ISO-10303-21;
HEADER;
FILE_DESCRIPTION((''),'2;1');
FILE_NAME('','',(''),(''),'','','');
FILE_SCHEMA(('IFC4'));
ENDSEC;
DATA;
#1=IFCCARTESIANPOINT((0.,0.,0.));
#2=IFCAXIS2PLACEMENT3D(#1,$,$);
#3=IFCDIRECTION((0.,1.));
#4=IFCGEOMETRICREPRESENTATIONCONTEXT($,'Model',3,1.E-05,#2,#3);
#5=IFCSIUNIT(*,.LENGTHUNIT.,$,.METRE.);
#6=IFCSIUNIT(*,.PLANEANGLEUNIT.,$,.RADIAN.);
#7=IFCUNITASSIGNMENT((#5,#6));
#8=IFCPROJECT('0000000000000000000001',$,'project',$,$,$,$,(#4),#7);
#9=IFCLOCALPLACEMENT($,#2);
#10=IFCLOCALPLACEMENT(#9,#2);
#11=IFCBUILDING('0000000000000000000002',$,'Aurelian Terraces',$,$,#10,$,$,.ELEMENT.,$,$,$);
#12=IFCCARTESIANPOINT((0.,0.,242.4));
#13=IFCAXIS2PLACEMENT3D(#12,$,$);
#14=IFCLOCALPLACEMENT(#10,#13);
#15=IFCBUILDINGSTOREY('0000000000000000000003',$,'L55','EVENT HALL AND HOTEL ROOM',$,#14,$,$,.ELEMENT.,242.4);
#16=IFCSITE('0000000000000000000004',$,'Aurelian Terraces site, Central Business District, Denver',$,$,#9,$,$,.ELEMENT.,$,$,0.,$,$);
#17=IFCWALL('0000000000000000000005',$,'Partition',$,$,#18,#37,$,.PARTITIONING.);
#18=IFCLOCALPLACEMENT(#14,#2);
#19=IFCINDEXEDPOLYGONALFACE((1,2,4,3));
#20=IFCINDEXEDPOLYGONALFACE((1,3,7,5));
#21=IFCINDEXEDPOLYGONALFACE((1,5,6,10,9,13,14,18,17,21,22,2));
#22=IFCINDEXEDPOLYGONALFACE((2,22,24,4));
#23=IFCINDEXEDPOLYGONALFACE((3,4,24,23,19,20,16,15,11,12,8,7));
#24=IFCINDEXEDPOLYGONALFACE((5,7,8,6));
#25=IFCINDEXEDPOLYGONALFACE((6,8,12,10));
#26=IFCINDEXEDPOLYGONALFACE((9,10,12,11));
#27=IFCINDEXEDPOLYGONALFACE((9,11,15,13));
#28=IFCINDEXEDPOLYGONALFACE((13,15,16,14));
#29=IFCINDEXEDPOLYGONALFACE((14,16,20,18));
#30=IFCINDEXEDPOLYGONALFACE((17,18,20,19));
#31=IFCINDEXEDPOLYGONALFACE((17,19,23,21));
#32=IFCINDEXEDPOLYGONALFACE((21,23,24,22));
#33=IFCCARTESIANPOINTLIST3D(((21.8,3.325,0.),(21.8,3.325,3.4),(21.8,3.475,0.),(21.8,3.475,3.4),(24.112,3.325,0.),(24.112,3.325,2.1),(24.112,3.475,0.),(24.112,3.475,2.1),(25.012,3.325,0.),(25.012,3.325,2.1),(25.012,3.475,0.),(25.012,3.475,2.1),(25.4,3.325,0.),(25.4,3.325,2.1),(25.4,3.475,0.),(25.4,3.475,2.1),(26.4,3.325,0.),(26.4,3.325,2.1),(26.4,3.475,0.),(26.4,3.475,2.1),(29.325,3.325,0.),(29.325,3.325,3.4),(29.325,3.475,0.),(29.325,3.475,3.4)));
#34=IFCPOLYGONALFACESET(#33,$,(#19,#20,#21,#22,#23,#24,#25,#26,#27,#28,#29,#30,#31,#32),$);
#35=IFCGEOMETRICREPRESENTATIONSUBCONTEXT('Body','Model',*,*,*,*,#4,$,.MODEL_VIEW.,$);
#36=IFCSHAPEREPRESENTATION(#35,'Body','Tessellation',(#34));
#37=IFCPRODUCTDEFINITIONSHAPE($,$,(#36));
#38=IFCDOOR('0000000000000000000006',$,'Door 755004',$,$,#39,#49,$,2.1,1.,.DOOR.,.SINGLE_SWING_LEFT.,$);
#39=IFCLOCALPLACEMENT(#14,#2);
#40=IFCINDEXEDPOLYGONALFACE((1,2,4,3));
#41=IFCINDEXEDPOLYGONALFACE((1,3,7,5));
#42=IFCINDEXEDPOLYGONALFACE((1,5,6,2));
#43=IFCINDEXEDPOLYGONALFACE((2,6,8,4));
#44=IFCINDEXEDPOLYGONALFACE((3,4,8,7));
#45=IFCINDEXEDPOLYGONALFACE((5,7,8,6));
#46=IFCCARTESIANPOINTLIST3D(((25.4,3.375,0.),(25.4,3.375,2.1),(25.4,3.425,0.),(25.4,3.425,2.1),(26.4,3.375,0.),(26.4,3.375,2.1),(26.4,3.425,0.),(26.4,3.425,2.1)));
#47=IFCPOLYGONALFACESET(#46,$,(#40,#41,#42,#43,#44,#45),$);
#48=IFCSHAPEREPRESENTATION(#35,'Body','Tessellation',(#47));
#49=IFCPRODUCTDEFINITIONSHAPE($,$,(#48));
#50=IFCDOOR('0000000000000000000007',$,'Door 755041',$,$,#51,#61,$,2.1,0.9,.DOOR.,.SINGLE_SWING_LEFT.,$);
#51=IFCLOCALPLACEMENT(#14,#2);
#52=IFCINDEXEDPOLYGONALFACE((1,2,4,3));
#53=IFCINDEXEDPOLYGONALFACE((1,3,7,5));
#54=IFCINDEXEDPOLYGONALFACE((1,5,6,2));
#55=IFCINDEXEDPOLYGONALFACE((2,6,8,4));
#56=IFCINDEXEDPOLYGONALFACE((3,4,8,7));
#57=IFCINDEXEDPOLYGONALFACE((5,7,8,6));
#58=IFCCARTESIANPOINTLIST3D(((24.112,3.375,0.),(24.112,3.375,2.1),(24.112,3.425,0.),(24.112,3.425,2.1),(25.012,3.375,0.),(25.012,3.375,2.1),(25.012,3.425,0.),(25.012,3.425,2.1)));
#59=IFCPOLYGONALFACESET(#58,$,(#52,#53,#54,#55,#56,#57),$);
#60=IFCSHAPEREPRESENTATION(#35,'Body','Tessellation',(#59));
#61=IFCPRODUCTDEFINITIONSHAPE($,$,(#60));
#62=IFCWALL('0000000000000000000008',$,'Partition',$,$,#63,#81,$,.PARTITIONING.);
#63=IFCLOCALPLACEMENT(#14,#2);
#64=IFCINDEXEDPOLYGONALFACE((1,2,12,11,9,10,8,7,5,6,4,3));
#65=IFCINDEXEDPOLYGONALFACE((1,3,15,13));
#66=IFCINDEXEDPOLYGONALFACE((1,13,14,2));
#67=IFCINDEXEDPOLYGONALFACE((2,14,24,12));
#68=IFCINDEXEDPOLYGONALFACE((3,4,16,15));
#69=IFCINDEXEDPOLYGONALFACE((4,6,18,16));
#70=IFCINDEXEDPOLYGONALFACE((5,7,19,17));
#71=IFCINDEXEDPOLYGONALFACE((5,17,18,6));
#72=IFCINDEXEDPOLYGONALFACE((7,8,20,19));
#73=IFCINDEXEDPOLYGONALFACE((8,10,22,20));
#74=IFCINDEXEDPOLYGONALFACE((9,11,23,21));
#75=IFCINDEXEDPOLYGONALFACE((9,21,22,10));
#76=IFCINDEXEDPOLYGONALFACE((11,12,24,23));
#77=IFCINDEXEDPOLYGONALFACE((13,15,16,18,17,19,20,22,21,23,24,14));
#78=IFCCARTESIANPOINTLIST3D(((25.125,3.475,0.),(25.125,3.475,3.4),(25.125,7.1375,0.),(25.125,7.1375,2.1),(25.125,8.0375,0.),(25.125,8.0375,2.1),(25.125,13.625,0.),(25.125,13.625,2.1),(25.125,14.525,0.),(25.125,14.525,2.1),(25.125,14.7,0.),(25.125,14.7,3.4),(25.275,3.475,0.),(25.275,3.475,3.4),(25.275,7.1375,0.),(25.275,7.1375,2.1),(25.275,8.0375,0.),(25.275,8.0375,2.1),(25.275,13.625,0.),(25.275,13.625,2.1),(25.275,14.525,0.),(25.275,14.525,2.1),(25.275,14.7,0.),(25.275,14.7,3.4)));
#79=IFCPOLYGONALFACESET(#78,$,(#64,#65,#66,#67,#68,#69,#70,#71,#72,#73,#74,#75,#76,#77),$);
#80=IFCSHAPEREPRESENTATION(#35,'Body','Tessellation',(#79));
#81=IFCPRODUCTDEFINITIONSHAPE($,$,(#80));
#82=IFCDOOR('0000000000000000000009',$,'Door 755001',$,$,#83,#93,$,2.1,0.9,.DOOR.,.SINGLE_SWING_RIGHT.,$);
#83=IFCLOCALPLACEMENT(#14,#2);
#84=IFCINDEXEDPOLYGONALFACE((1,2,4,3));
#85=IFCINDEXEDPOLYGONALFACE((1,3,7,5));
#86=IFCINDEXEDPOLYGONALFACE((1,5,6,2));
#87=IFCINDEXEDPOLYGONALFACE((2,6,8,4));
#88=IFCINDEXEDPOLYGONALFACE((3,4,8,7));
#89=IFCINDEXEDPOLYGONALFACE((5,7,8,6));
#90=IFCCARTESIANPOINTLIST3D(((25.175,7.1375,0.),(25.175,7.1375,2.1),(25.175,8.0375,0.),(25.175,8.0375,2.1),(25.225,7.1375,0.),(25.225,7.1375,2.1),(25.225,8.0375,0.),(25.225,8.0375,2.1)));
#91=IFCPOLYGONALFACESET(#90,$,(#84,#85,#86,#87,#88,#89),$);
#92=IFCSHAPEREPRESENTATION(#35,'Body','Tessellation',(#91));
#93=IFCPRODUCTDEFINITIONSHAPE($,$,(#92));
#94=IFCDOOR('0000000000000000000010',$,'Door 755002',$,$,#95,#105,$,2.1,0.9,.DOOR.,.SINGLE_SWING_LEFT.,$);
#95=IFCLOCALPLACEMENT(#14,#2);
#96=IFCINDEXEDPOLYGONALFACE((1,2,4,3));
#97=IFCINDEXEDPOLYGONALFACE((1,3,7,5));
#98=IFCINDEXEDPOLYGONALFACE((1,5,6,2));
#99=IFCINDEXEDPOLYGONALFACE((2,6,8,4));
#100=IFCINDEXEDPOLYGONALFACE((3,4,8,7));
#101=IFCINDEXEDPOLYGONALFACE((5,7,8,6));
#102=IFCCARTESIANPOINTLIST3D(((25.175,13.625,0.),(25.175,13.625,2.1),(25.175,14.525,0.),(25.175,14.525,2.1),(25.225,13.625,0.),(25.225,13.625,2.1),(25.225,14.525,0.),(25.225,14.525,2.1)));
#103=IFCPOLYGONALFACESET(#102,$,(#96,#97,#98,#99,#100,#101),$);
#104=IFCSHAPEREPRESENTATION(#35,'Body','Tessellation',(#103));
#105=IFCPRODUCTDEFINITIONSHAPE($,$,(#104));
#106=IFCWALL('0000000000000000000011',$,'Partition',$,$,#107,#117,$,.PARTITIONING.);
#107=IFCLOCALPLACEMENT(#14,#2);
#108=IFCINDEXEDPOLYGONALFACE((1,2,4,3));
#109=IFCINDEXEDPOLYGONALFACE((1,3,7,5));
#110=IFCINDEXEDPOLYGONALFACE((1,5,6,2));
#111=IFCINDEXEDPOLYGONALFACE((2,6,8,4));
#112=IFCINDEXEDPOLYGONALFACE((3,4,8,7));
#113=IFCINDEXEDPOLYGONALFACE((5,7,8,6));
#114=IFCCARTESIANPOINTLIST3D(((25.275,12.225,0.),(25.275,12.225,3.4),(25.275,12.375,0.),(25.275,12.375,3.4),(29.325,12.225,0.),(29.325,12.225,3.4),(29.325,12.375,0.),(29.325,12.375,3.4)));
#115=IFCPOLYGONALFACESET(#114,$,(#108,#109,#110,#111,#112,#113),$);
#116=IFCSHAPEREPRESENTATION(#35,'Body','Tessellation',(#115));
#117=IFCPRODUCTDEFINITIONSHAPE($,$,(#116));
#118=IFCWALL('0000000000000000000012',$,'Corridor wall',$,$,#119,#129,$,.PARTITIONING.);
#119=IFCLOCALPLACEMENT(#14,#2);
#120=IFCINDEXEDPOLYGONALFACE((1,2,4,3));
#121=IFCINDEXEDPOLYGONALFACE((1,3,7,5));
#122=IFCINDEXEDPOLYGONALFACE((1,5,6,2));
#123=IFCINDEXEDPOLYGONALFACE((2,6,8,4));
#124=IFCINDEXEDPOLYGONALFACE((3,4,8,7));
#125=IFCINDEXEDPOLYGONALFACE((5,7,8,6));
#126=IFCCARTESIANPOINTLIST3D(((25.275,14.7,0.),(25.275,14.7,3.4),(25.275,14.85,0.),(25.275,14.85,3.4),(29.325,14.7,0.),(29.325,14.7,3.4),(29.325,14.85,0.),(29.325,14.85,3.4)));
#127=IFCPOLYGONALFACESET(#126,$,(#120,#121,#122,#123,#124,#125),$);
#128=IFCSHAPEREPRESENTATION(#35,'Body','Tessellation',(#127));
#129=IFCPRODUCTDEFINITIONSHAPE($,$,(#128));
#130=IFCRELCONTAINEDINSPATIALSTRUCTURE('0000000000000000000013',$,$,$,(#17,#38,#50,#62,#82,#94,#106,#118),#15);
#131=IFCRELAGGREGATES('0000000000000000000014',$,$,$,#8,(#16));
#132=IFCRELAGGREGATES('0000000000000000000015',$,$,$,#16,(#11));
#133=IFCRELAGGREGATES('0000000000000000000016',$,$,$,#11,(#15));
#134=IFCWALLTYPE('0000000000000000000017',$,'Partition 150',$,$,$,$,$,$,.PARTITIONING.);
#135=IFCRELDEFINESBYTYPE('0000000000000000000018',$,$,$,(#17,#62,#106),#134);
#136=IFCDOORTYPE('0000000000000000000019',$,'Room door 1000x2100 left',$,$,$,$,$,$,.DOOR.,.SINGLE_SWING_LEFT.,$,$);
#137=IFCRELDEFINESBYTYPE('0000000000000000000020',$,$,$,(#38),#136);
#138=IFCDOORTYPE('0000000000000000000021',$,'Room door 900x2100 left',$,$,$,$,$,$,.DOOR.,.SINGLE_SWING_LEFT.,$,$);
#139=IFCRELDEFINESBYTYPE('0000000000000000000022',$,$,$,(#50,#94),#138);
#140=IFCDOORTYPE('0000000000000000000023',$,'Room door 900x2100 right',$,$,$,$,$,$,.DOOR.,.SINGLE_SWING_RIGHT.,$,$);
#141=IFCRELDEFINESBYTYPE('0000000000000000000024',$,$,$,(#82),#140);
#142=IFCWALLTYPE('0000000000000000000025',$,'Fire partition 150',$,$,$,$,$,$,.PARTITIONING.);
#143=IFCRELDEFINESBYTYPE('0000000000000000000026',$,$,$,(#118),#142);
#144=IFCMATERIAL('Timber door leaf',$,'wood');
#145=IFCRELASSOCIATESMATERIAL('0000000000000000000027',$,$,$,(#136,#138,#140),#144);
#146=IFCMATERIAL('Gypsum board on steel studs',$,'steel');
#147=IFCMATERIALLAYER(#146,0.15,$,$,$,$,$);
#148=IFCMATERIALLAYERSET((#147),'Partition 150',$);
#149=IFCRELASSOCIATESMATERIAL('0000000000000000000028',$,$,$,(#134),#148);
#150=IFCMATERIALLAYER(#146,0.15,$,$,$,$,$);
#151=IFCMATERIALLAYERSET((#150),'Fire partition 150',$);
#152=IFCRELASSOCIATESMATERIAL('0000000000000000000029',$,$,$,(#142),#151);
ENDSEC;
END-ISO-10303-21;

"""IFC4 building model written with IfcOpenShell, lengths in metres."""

from ifc_helpers import new_model, si_unit, direction, frame, frame_2d, origin, place, context, subcontext, project, spatial, rectangle, extrude, source, transform, mapped, material, layer, layer_set, type_object, element, fill, save


model = new_model("IFC4")

# Units and contexts
model_context = context("Model", 3, precision=1e-05, world=origin(), true_north=direction((0.0, 1.0)))
body_context = subcontext(model_context, "Body", "Model", "MODEL_VIEW")
ifc_project = project(units=[si_unit("LENGTHUNIT", "METRE"), si_unit("PLANEANGLEUNIT", "RADIAN")], contexts=[model_context])

# Site, building, storey
site_placement = place(None, origin())
site = spatial("IfcSite", under=ifc_project, at=site_placement, Name="Aurelian Terraces site, Central Business District, Denver", CompositionType="ELEMENT", RefElevation=0.0)
building_placement = place(site_placement, origin())
building = spatial("IfcBuilding", under=site, at=building_placement, Name="Aurelian Terraces", CompositionType="ELEMENT")
storey_placement = place(building_placement, frame((0.0, 0.0, 242.4)))
storey = spatial("IfcBuildingStorey", under=building, at=storey_placement, Name="L55", Description="EVENT HALL AND HOTEL ROOM", CompositionType="ELEMENT", Elevation=242.4)

# Shared definitions
ifc_material_1 = material(Name="Timber door leaf", Category="wood")
door_type_1 = type_object("IfcDoorType", Name="Room door 1000x2100 left", OperationType="SINGLE_SWING_LEFT", PredefinedType="DOOR", material=ifc_material_1)
shared_shape_1 = source(origin(), body_context, "Body", "SweptSolid", [
    extrude(rectangle(XDim=1.0, YDim=2.1, at=frame_2d((0.5, 1.05))), frame((0.0, 0.025, 0.0), z_axis=(0.0, -1.0, 0.0), x_axis=(1.0, 0.0, 0.0)), (0.0, 0.0, 1.0), 0.05),
])

# Walls, openings, doors
ifc_material_2 = material(Name="Gypsum board on steel studs", Category="steel")
ifc_layer_1 = layer(ifc_material_2, 0.15)
ifc_layer_set_1 = layer_set([ifc_layer_1], Name="Partition 150")
wall_type_1 = type_object("IfcWallType", Name="Partition 150", PredefinedType="PARTITIONING", material=ifc_layer_set_1)
shared_shape_2 = source(origin(), body_context, "Body", "SweptSolid", [
    extrude(rectangle(XDim=7.525, YDim=0.15, at=frame_2d((3.7625, 0.0))), origin(), (0.0, 0.0, 1.0), 3.4),
])
wall_1_placement = place(storey_placement, frame((21.8, 3.4, 0.0), z_axis=(0.0, 0.0, 1.0), x_axis=(1.0, 0.0, 0.0)))
wall_1 = element("IfcWall", 1, at=wall_1_placement, inside=storey, type_object=wall_type_1, Name="Partition", PredefinedType="PARTITIONING", context=body_context, shape_type="MappedRepresentation", body=[
    mapped(shared_shape_2, transform((0.0, 0.0, 0.0), scale=1.0)),
])
shared_shape_3 = source(origin(), body_context, "Body", "SweptSolid", [
    extrude(rectangle(XDim=1.0, YDim=2.1, at=frame_2d((0.5, 1.05))), frame((0.0, 0.085, 0.0), z_axis=(0.0, -1.0, 0.0), x_axis=(1.0, 0.0, 0.0)), (0.0, 0.0, 1.0), 0.17),
])
opening_1_placement = place(wall_1_placement, frame((3.6, 0.0, 0.0)))
opening_1 = element("IfcOpeningElement", 2, at=opening_1_placement, cuts=wall_1, PredefinedType="OPENING", context=body_context, shape_type="MappedRepresentation", body=[
    mapped(shared_shape_3, transform((0.0, 0.0, 0.0), scale=1.0)),
])
shared_shape_4 = source(origin(), body_context, "Body", "SweptSolid", [
    extrude(rectangle(XDim=0.9, YDim=2.1, at=frame_2d((0.45, 1.05))), frame((0.0, 0.085, 0.0), z_axis=(0.0, -1.0, 0.0), x_axis=(1.0, 0.0, 0.0)), (0.0, 0.0, 1.0), 0.17),
])
opening_2_placement = place(wall_1_placement, frame((2.312, 0.0, 0.0)))
opening_2 = element("IfcOpeningElement", 3, at=opening_2_placement, cuts=wall_1, PredefinedType="OPENING", context=body_context, shape_type="MappedRepresentation", body=[
    mapped(shared_shape_4, transform((0.0, 0.0, 0.0), scale=1.0)),
])
door_1_placement = place(opening_1_placement, origin())
door_1 = element("IfcDoor", 4, at=door_1_placement, inside=storey, type_object=door_type_1, Name="Door 755004", OperationType="SINGLE_SWING_LEFT", OverallHeight=2.1, OverallWidth=1.0, PredefinedType="DOOR", context=body_context, shape_type="MappedRepresentation", body=[
    mapped(shared_shape_1, transform((0.0, 0.0, 0.0), scale=1.0)),
])
fill(opening_1, door_1)
door_type_2 = type_object("IfcDoorType", Name="Room door 900x2100 left", OperationType="SINGLE_SWING_LEFT", PredefinedType="DOOR", material=ifc_material_1)
shared_shape_5 = source(origin(), body_context, "Body", "SweptSolid", [
    extrude(rectangle(XDim=0.9, YDim=2.1, at=frame_2d((0.45, 1.05))), frame((0.0, 0.025, 0.0), z_axis=(0.0, -1.0, 0.0), x_axis=(1.0, 0.0, 0.0)), (0.0, 0.0, 1.0), 0.05),
])
door_2_placement = place(opening_2_placement, origin())
door_2 = element("IfcDoor", 5, at=door_2_placement, inside=storey, type_object=door_type_2, Name="Door 755041", OperationType="SINGLE_SWING_LEFT", OverallHeight=2.1, OverallWidth=0.9, PredefinedType="DOOR", context=body_context, shape_type="MappedRepresentation", body=[
    mapped(shared_shape_5, transform((0.0, 0.0, 0.0), scale=1.0)),
])
fill(opening_2, door_2)
shared_shape_6 = source(origin(), body_context, "Body", "SweptSolid", [
    extrude(rectangle(XDim=11.225, YDim=0.15, at=frame_2d((5.6125, 0.0))), origin(), (0.0, 0.0, 1.0), 3.4),
])
wall_2_placement = place(storey_placement, frame((25.2, 14.7, 0.0), z_axis=(0.0, 0.0, 1.0), x_axis=(0.0, -1.0, 0.0)))
wall_2 = element("IfcWall", 6, at=wall_2_placement, inside=storey, type_object=wall_type_1, Name="Partition", PredefinedType="PARTITIONING", context=body_context, shape_type="MappedRepresentation", body=[
    mapped(shared_shape_6, transform((0.0, 0.0, 0.0), scale=1.0)),
])
opening_3_placement = place(wall_2_placement, frame((6.6625, 0.0, 0.0)))
opening_3 = element("IfcOpeningElement", 7, at=opening_3_placement, cuts=wall_2, PredefinedType="OPENING", context=body_context, shape_type="MappedRepresentation", body=[
    mapped(shared_shape_4, transform((0.0, 0.0, 0.0), scale=1.0)),
])
opening_4_placement = place(wall_2_placement, frame((0.175, 0.0, 0.0)))
opening_4 = element("IfcOpeningElement", 8, at=opening_4_placement, cuts=wall_2, PredefinedType="OPENING", context=body_context, shape_type="MappedRepresentation", body=[
    mapped(shared_shape_4, transform((0.0, 0.0, 0.0), scale=1.0)),
])
door_type_3 = type_object("IfcDoorType", Name="Room door 900x2100 right", OperationType="SINGLE_SWING_RIGHT", PredefinedType="DOOR", material=ifc_material_1)
door_3_placement = place(opening_3_placement, origin())
door_3 = element("IfcDoor", 9, at=door_3_placement, inside=storey, type_object=door_type_3, Name="Door 755001", OperationType="SINGLE_SWING_RIGHT", OverallHeight=2.1, OverallWidth=0.9, PredefinedType="DOOR", context=body_context, shape_type="MappedRepresentation", body=[
    mapped(shared_shape_5, transform((0.0, 0.0, 0.0), scale=1.0)),
])
fill(opening_3, door_3)
door_4_placement = place(opening_4_placement, origin())
door_4 = element("IfcDoor", 10, at=door_4_placement, inside=storey, type_object=door_type_2, Name="Door 755002", OperationType="SINGLE_SWING_LEFT", OverallHeight=2.1, OverallWidth=0.9, PredefinedType="DOOR", context=body_context, shape_type="MappedRepresentation", body=[
    mapped(shared_shape_5, transform((0.0, 0.0, 0.0), scale=1.0)),
])
fill(opening_4, door_4)

# Walls
shared_shape_7 = source(origin(), body_context, "Body", "SweptSolid", [
    extrude(rectangle(XDim=4.05, YDim=0.15, at=frame_2d((2.025, 0.0))), origin(), (0.0, 0.0, 1.0), 3.4),
])
wall_3_placement = place(storey_placement, frame((29.325, 12.3, 0.0), z_axis=(0.0, 0.0, 1.0), x_axis=(-1.0, 0.0, 0.0)))
element("IfcWall", 11, at=wall_3_placement, inside=storey, type_object=wall_type_1, Name="Partition", PredefinedType="PARTITIONING", context=body_context, shape_type="MappedRepresentation", body=[
    mapped(shared_shape_7, transform((0.0, 0.0, 0.0), scale=1.0)),
])
ifc_layer_2 = layer(ifc_material_2, 0.15)
ifc_layer_set_2 = layer_set([ifc_layer_2], Name="Fire partition 150")
wall_type_2 = type_object("IfcWallType", Name="Fire partition 150", PredefinedType="PARTITIONING", material=ifc_layer_set_2)
wall_4_placement = place(storey_placement, frame((29.325, 14.775, 0.0), z_axis=(0.0, 0.0, 1.0), x_axis=(-1.0, 0.0, 0.0)))
element("IfcWall", 12, at=wall_4_placement, inside=storey, type_object=wall_type_2, Name="Corridor wall", PredefinedType="PARTITIONING", context=body_context, shape_type="MappedRepresentation", body=[
    mapped(shared_shape_7, transform((0.0, 0.0, 0.0), scale=1.0)),
])

save(model, "model.ifc")
